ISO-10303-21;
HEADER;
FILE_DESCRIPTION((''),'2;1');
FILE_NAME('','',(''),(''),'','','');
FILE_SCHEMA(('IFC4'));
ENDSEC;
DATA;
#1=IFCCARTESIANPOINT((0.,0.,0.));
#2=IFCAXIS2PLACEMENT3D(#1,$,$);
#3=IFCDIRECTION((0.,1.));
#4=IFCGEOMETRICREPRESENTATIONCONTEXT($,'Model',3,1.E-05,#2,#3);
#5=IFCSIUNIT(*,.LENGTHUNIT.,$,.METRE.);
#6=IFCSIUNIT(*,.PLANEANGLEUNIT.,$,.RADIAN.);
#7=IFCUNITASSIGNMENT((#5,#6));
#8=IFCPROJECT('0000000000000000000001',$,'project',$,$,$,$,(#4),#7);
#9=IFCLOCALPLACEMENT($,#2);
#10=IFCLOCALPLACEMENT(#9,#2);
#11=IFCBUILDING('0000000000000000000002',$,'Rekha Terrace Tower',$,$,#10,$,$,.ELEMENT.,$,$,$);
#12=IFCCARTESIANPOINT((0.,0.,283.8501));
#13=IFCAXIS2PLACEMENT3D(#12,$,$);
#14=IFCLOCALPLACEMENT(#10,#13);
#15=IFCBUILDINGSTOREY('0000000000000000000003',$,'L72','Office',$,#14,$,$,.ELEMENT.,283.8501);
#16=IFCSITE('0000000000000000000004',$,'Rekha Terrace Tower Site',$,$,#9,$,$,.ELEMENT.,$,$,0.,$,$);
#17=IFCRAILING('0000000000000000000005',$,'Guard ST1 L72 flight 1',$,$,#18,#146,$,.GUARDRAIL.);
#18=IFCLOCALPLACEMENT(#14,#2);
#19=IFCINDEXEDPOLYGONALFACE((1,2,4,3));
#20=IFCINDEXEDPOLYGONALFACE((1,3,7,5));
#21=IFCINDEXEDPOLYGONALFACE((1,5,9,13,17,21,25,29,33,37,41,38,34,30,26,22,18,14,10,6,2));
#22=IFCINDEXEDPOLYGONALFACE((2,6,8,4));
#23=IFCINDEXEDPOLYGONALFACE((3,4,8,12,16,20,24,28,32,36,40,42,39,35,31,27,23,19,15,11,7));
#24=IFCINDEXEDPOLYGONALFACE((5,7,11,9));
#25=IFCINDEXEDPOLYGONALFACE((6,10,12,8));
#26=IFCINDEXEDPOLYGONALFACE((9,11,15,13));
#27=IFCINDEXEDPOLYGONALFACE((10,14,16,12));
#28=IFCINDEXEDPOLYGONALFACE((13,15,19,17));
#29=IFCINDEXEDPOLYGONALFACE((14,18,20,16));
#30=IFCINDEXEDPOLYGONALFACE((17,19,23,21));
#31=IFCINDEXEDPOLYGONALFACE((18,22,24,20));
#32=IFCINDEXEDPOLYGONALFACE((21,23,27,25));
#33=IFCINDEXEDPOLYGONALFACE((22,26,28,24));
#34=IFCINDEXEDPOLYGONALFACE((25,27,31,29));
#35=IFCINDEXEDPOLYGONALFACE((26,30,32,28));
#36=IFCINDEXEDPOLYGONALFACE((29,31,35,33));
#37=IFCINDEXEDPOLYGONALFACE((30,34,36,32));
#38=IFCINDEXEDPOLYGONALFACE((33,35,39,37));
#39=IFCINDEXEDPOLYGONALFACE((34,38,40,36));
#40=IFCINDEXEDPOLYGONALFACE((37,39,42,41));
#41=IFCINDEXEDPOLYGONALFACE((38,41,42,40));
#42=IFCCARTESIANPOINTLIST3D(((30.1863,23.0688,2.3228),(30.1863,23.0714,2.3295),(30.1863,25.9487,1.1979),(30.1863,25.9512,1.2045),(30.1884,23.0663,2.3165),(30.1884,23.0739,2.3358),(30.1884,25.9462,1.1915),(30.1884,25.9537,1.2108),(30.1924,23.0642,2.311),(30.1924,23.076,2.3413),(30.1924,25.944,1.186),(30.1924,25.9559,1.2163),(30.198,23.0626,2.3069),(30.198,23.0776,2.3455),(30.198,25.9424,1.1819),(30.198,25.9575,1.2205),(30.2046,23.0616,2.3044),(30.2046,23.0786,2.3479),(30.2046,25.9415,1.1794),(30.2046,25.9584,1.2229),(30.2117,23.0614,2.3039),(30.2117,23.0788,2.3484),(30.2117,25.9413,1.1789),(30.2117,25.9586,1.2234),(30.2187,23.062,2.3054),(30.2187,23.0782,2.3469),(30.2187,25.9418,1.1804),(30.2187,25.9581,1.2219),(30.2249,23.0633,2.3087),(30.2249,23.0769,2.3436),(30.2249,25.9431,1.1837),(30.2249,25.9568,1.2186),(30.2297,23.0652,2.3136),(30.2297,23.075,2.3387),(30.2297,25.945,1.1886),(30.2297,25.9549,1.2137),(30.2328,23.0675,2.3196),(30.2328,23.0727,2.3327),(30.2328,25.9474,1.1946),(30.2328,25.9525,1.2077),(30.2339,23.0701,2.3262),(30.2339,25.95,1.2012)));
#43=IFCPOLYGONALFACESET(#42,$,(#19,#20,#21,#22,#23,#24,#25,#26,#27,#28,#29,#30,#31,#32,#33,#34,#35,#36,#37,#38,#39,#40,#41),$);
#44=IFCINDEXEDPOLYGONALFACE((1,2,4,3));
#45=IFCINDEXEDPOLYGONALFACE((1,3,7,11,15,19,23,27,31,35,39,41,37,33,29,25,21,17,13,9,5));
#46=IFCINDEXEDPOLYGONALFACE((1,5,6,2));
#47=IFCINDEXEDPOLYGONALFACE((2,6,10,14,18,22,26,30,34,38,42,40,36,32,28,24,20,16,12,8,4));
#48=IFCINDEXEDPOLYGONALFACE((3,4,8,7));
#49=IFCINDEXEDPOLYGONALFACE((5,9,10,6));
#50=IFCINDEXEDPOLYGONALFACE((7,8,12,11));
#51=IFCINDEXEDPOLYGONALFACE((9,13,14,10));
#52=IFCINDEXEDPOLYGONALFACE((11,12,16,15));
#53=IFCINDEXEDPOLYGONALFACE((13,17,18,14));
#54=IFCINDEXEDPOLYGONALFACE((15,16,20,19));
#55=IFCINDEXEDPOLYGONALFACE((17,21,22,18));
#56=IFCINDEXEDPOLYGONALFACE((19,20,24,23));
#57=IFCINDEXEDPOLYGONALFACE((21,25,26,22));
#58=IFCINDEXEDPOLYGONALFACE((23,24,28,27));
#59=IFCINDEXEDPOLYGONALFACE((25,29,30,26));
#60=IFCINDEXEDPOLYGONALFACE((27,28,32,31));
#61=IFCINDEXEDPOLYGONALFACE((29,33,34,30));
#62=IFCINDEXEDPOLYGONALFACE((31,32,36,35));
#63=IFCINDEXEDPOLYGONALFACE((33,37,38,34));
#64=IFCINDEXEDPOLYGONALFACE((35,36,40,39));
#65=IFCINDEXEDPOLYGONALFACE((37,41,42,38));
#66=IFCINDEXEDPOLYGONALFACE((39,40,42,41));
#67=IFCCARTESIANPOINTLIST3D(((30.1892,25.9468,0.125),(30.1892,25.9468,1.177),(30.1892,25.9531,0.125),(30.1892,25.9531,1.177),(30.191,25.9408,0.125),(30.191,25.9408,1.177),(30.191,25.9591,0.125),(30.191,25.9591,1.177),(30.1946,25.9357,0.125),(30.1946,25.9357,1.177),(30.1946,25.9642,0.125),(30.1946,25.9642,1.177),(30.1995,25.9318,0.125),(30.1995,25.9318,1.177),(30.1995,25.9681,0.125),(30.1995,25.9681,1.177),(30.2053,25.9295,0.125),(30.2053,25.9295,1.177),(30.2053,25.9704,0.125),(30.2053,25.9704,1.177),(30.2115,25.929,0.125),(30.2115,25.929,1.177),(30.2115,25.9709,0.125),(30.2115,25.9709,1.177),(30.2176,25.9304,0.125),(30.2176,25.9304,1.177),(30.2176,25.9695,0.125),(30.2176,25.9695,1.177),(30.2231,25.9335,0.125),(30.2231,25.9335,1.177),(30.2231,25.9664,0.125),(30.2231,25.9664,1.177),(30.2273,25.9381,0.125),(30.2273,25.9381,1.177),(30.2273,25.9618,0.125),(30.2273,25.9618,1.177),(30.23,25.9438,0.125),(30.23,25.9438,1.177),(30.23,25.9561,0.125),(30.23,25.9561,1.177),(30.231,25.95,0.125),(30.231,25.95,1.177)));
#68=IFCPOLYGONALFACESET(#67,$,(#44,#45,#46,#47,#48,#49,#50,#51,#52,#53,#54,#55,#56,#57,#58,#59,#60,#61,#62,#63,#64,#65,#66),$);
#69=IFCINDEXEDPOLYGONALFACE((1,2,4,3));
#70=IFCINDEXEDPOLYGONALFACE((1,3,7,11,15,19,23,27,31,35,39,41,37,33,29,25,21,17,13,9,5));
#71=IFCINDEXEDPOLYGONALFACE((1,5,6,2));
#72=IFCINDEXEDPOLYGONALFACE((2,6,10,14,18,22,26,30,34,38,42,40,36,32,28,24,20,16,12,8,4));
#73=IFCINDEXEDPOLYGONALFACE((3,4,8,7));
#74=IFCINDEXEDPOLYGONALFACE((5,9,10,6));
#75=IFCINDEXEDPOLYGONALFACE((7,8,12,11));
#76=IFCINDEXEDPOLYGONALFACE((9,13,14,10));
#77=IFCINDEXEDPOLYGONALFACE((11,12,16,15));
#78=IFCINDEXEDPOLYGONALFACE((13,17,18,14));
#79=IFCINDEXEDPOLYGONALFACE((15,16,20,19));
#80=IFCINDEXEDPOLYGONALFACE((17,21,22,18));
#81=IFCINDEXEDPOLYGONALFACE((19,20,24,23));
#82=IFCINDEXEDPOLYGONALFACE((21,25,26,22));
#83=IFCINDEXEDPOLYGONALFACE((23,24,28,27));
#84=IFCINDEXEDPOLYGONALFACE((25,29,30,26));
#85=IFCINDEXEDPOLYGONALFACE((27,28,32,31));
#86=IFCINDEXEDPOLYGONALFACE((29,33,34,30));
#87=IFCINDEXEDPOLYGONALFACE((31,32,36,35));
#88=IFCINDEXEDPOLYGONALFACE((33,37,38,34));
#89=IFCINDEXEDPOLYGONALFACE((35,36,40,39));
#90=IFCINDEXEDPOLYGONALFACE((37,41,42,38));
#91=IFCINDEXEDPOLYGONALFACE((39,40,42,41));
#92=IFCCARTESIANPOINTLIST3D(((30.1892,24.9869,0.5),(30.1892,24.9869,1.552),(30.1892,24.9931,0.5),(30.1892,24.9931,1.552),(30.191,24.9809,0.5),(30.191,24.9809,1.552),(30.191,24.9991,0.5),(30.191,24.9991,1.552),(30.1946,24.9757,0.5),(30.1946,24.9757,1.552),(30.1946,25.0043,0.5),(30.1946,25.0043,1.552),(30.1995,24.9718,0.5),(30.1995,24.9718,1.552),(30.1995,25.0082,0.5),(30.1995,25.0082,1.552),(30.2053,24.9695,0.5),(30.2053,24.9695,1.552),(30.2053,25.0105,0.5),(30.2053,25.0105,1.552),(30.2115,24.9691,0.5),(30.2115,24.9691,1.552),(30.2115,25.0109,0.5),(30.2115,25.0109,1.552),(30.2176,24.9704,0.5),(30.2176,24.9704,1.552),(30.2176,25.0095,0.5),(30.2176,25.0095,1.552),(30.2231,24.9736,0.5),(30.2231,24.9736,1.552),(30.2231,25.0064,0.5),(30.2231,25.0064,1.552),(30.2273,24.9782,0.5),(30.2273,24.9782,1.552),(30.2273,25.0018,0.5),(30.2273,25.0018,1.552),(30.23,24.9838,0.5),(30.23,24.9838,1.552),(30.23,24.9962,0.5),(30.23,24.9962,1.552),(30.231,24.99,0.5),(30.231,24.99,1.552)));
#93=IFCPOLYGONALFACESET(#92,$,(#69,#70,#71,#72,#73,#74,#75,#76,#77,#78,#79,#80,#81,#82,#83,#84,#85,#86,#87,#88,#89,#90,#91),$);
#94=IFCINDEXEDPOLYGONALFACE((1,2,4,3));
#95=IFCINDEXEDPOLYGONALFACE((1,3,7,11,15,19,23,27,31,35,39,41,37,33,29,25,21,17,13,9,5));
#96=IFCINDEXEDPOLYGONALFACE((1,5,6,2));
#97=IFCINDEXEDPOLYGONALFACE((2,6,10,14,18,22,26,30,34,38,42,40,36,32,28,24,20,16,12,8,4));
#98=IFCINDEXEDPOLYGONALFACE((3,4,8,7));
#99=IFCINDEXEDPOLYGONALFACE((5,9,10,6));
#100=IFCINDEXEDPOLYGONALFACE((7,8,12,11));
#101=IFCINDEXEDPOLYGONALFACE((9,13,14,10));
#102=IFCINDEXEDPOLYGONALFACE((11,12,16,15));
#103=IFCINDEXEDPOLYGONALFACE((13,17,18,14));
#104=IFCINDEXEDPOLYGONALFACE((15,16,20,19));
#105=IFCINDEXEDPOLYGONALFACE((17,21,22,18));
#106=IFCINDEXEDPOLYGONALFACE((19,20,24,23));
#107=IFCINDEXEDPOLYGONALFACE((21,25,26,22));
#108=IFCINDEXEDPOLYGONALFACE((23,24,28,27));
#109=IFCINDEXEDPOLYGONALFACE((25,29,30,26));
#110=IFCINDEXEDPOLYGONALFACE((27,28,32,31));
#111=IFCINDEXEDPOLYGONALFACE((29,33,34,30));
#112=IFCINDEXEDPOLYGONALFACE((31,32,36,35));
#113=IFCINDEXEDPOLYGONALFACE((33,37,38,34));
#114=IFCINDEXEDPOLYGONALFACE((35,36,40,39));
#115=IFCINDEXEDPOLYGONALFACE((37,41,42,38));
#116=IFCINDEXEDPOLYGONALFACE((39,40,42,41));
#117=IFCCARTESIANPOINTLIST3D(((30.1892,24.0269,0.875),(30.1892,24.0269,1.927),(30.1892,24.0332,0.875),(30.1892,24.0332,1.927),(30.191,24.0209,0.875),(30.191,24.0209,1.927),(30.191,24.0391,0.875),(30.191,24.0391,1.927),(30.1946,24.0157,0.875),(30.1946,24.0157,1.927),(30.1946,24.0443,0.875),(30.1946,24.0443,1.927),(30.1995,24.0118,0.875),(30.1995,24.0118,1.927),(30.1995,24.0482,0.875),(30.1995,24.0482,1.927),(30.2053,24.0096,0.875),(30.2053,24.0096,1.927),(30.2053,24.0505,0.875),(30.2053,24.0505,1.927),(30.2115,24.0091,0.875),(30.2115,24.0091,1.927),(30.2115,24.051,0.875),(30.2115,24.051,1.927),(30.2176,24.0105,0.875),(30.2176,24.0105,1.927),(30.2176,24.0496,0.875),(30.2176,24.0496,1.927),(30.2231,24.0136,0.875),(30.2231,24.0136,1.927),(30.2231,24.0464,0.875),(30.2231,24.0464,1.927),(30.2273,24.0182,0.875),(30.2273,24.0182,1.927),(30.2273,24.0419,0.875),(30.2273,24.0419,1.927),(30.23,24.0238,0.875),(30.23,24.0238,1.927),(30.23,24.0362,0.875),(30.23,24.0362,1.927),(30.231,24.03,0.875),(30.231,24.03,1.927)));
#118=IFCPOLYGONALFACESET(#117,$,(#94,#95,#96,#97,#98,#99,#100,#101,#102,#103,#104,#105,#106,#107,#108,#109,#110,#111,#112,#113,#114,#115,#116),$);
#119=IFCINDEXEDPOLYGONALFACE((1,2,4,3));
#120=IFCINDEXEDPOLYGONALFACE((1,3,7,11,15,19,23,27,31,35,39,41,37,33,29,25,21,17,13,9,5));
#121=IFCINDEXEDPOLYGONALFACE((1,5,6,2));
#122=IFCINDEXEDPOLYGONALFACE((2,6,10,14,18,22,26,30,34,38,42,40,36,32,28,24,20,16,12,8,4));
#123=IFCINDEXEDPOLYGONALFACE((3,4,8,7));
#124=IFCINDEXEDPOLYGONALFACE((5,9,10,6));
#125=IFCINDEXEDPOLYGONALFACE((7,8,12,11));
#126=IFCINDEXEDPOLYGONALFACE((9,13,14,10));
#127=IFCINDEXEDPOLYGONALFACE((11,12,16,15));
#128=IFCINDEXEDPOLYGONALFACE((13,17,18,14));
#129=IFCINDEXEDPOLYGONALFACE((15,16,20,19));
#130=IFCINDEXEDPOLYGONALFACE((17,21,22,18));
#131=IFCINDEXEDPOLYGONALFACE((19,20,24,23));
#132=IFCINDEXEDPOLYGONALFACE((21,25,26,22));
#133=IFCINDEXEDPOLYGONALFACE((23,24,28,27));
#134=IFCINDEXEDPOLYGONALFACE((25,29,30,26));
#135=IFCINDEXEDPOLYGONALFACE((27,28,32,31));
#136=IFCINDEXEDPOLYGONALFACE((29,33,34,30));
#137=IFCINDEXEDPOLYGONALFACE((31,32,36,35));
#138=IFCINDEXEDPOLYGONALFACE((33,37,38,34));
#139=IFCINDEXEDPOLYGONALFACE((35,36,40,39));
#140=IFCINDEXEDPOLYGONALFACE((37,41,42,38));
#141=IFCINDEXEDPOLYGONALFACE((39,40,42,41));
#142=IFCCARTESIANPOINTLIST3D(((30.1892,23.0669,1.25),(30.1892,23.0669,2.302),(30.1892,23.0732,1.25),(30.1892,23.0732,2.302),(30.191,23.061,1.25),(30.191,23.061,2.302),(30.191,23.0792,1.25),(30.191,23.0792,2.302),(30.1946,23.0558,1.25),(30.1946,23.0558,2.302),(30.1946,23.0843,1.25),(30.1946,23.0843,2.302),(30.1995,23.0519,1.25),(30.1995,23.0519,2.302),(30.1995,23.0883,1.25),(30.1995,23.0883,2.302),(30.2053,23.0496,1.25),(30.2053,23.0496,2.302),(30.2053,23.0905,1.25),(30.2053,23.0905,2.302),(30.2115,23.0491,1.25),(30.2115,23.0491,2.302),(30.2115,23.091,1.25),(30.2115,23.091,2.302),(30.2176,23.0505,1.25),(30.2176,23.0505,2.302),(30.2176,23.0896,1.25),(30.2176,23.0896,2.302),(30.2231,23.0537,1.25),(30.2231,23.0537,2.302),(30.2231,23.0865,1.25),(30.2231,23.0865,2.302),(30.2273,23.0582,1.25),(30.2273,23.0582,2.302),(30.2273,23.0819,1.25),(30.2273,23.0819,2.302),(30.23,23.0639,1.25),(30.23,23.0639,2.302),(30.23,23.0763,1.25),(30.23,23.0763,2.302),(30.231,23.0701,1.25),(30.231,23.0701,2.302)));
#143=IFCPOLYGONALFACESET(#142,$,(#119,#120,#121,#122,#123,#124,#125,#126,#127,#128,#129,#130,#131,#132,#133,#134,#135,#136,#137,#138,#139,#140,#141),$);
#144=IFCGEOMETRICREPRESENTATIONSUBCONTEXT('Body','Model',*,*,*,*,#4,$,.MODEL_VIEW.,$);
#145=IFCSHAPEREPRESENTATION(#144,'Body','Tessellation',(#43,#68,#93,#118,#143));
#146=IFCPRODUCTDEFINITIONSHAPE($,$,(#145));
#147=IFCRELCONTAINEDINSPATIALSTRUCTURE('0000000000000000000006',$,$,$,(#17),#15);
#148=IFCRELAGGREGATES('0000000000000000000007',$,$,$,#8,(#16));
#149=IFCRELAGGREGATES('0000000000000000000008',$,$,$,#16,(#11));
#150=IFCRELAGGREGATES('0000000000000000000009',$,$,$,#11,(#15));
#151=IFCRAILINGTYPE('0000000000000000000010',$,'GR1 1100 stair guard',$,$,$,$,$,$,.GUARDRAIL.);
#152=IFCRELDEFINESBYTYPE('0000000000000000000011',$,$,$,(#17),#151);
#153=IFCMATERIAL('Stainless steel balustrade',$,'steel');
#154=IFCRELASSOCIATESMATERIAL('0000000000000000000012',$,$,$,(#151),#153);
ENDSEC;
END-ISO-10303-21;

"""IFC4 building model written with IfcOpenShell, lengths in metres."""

from ifc_helpers import new_model, si_unit, direction, frame, origin, origin_2d, place, context, subcontext, project, spatial, circle, extrude, material, type_object, element, save


model = new_model("IFC4")

# Units and contexts
model_context = context("Model", 3, precision=1e-05, world=origin(), true_north=direction((0.0, 1.0)))
body_context = subcontext(model_context, "Body", "Model", "MODEL_VIEW")
ifc_project = project(units=[si_unit("LENGTHUNIT", "METRE"), si_unit("PLANEANGLEUNIT", "RADIAN")], contexts=[model_context])

# Site, building, storey
site_placement = place(None, origin())
site = spatial("IfcSite", under=ifc_project, at=site_placement, Name="Rekha Terrace Tower Site", CompositionType="ELEMENT", RefElevation=0.0)
building_placement = place(site_placement, origin())
building = spatial("IfcBuilding", under=site, at=building_placement, Name="Rekha Terrace Tower", CompositionType="ELEMENT")
storey_placement = place(building_placement, frame((0.0, 0.0, 283.8501)))
storey = spatial("IfcBuildingStorey", under=building, at=storey_placement, Name="L72", Description="Office", CompositionType="ELEMENT", Elevation=283.8501)

# Railing
ifc_material_1 = material(Name="Stainless steel balustrade", Category="steel")
railing_type_1 = type_object("IfcRailingType", Name="GR1 1100 stair guard", PredefinedType="GUARDRAIL", material=ifc_material_1)
railing_1_placement = place(storey_placement, frame((30.21, 25.95, 0.125)))
element("IfcRailing", 1, at=railing_1_placement, inside=storey, type_object=railing_type_1, Name="Guard ST1 L72 flight 1", PredefinedType="GUARDRAIL", context=body_context, shape_type="SweptSolid", body=[
    extrude(circle(Radius=0.0239, at=origin_2d()), frame((0.0, 0.0, 1.0762), z_axis=(0.0, -0.931452, 0.363863), x_axis=(1.0, 0.0, 0.0)), (0.0, 0.0, 1.0), 3.0918),
    extrude(circle(Radius=0.021, at=origin_2d()), origin(), (0.0, 0.0, 1.0), 1.052),
    extrude(circle(Radius=0.021, at=origin_2d()), frame((0.0, -0.96, 0.375)), (0.0, 0.0, 1.0), 1.052),
    extrude(circle(Radius=0.021, at=origin_2d()), frame((0.0, -1.9199, 0.75)), (0.0, 0.0, 1.0), 1.052),
    extrude(circle(Radius=0.021, at=origin_2d()), frame((0.0, -2.8799, 1.125)), (0.0, 0.0, 1.0), 1.052),
])

save(model, "model.ifc")
